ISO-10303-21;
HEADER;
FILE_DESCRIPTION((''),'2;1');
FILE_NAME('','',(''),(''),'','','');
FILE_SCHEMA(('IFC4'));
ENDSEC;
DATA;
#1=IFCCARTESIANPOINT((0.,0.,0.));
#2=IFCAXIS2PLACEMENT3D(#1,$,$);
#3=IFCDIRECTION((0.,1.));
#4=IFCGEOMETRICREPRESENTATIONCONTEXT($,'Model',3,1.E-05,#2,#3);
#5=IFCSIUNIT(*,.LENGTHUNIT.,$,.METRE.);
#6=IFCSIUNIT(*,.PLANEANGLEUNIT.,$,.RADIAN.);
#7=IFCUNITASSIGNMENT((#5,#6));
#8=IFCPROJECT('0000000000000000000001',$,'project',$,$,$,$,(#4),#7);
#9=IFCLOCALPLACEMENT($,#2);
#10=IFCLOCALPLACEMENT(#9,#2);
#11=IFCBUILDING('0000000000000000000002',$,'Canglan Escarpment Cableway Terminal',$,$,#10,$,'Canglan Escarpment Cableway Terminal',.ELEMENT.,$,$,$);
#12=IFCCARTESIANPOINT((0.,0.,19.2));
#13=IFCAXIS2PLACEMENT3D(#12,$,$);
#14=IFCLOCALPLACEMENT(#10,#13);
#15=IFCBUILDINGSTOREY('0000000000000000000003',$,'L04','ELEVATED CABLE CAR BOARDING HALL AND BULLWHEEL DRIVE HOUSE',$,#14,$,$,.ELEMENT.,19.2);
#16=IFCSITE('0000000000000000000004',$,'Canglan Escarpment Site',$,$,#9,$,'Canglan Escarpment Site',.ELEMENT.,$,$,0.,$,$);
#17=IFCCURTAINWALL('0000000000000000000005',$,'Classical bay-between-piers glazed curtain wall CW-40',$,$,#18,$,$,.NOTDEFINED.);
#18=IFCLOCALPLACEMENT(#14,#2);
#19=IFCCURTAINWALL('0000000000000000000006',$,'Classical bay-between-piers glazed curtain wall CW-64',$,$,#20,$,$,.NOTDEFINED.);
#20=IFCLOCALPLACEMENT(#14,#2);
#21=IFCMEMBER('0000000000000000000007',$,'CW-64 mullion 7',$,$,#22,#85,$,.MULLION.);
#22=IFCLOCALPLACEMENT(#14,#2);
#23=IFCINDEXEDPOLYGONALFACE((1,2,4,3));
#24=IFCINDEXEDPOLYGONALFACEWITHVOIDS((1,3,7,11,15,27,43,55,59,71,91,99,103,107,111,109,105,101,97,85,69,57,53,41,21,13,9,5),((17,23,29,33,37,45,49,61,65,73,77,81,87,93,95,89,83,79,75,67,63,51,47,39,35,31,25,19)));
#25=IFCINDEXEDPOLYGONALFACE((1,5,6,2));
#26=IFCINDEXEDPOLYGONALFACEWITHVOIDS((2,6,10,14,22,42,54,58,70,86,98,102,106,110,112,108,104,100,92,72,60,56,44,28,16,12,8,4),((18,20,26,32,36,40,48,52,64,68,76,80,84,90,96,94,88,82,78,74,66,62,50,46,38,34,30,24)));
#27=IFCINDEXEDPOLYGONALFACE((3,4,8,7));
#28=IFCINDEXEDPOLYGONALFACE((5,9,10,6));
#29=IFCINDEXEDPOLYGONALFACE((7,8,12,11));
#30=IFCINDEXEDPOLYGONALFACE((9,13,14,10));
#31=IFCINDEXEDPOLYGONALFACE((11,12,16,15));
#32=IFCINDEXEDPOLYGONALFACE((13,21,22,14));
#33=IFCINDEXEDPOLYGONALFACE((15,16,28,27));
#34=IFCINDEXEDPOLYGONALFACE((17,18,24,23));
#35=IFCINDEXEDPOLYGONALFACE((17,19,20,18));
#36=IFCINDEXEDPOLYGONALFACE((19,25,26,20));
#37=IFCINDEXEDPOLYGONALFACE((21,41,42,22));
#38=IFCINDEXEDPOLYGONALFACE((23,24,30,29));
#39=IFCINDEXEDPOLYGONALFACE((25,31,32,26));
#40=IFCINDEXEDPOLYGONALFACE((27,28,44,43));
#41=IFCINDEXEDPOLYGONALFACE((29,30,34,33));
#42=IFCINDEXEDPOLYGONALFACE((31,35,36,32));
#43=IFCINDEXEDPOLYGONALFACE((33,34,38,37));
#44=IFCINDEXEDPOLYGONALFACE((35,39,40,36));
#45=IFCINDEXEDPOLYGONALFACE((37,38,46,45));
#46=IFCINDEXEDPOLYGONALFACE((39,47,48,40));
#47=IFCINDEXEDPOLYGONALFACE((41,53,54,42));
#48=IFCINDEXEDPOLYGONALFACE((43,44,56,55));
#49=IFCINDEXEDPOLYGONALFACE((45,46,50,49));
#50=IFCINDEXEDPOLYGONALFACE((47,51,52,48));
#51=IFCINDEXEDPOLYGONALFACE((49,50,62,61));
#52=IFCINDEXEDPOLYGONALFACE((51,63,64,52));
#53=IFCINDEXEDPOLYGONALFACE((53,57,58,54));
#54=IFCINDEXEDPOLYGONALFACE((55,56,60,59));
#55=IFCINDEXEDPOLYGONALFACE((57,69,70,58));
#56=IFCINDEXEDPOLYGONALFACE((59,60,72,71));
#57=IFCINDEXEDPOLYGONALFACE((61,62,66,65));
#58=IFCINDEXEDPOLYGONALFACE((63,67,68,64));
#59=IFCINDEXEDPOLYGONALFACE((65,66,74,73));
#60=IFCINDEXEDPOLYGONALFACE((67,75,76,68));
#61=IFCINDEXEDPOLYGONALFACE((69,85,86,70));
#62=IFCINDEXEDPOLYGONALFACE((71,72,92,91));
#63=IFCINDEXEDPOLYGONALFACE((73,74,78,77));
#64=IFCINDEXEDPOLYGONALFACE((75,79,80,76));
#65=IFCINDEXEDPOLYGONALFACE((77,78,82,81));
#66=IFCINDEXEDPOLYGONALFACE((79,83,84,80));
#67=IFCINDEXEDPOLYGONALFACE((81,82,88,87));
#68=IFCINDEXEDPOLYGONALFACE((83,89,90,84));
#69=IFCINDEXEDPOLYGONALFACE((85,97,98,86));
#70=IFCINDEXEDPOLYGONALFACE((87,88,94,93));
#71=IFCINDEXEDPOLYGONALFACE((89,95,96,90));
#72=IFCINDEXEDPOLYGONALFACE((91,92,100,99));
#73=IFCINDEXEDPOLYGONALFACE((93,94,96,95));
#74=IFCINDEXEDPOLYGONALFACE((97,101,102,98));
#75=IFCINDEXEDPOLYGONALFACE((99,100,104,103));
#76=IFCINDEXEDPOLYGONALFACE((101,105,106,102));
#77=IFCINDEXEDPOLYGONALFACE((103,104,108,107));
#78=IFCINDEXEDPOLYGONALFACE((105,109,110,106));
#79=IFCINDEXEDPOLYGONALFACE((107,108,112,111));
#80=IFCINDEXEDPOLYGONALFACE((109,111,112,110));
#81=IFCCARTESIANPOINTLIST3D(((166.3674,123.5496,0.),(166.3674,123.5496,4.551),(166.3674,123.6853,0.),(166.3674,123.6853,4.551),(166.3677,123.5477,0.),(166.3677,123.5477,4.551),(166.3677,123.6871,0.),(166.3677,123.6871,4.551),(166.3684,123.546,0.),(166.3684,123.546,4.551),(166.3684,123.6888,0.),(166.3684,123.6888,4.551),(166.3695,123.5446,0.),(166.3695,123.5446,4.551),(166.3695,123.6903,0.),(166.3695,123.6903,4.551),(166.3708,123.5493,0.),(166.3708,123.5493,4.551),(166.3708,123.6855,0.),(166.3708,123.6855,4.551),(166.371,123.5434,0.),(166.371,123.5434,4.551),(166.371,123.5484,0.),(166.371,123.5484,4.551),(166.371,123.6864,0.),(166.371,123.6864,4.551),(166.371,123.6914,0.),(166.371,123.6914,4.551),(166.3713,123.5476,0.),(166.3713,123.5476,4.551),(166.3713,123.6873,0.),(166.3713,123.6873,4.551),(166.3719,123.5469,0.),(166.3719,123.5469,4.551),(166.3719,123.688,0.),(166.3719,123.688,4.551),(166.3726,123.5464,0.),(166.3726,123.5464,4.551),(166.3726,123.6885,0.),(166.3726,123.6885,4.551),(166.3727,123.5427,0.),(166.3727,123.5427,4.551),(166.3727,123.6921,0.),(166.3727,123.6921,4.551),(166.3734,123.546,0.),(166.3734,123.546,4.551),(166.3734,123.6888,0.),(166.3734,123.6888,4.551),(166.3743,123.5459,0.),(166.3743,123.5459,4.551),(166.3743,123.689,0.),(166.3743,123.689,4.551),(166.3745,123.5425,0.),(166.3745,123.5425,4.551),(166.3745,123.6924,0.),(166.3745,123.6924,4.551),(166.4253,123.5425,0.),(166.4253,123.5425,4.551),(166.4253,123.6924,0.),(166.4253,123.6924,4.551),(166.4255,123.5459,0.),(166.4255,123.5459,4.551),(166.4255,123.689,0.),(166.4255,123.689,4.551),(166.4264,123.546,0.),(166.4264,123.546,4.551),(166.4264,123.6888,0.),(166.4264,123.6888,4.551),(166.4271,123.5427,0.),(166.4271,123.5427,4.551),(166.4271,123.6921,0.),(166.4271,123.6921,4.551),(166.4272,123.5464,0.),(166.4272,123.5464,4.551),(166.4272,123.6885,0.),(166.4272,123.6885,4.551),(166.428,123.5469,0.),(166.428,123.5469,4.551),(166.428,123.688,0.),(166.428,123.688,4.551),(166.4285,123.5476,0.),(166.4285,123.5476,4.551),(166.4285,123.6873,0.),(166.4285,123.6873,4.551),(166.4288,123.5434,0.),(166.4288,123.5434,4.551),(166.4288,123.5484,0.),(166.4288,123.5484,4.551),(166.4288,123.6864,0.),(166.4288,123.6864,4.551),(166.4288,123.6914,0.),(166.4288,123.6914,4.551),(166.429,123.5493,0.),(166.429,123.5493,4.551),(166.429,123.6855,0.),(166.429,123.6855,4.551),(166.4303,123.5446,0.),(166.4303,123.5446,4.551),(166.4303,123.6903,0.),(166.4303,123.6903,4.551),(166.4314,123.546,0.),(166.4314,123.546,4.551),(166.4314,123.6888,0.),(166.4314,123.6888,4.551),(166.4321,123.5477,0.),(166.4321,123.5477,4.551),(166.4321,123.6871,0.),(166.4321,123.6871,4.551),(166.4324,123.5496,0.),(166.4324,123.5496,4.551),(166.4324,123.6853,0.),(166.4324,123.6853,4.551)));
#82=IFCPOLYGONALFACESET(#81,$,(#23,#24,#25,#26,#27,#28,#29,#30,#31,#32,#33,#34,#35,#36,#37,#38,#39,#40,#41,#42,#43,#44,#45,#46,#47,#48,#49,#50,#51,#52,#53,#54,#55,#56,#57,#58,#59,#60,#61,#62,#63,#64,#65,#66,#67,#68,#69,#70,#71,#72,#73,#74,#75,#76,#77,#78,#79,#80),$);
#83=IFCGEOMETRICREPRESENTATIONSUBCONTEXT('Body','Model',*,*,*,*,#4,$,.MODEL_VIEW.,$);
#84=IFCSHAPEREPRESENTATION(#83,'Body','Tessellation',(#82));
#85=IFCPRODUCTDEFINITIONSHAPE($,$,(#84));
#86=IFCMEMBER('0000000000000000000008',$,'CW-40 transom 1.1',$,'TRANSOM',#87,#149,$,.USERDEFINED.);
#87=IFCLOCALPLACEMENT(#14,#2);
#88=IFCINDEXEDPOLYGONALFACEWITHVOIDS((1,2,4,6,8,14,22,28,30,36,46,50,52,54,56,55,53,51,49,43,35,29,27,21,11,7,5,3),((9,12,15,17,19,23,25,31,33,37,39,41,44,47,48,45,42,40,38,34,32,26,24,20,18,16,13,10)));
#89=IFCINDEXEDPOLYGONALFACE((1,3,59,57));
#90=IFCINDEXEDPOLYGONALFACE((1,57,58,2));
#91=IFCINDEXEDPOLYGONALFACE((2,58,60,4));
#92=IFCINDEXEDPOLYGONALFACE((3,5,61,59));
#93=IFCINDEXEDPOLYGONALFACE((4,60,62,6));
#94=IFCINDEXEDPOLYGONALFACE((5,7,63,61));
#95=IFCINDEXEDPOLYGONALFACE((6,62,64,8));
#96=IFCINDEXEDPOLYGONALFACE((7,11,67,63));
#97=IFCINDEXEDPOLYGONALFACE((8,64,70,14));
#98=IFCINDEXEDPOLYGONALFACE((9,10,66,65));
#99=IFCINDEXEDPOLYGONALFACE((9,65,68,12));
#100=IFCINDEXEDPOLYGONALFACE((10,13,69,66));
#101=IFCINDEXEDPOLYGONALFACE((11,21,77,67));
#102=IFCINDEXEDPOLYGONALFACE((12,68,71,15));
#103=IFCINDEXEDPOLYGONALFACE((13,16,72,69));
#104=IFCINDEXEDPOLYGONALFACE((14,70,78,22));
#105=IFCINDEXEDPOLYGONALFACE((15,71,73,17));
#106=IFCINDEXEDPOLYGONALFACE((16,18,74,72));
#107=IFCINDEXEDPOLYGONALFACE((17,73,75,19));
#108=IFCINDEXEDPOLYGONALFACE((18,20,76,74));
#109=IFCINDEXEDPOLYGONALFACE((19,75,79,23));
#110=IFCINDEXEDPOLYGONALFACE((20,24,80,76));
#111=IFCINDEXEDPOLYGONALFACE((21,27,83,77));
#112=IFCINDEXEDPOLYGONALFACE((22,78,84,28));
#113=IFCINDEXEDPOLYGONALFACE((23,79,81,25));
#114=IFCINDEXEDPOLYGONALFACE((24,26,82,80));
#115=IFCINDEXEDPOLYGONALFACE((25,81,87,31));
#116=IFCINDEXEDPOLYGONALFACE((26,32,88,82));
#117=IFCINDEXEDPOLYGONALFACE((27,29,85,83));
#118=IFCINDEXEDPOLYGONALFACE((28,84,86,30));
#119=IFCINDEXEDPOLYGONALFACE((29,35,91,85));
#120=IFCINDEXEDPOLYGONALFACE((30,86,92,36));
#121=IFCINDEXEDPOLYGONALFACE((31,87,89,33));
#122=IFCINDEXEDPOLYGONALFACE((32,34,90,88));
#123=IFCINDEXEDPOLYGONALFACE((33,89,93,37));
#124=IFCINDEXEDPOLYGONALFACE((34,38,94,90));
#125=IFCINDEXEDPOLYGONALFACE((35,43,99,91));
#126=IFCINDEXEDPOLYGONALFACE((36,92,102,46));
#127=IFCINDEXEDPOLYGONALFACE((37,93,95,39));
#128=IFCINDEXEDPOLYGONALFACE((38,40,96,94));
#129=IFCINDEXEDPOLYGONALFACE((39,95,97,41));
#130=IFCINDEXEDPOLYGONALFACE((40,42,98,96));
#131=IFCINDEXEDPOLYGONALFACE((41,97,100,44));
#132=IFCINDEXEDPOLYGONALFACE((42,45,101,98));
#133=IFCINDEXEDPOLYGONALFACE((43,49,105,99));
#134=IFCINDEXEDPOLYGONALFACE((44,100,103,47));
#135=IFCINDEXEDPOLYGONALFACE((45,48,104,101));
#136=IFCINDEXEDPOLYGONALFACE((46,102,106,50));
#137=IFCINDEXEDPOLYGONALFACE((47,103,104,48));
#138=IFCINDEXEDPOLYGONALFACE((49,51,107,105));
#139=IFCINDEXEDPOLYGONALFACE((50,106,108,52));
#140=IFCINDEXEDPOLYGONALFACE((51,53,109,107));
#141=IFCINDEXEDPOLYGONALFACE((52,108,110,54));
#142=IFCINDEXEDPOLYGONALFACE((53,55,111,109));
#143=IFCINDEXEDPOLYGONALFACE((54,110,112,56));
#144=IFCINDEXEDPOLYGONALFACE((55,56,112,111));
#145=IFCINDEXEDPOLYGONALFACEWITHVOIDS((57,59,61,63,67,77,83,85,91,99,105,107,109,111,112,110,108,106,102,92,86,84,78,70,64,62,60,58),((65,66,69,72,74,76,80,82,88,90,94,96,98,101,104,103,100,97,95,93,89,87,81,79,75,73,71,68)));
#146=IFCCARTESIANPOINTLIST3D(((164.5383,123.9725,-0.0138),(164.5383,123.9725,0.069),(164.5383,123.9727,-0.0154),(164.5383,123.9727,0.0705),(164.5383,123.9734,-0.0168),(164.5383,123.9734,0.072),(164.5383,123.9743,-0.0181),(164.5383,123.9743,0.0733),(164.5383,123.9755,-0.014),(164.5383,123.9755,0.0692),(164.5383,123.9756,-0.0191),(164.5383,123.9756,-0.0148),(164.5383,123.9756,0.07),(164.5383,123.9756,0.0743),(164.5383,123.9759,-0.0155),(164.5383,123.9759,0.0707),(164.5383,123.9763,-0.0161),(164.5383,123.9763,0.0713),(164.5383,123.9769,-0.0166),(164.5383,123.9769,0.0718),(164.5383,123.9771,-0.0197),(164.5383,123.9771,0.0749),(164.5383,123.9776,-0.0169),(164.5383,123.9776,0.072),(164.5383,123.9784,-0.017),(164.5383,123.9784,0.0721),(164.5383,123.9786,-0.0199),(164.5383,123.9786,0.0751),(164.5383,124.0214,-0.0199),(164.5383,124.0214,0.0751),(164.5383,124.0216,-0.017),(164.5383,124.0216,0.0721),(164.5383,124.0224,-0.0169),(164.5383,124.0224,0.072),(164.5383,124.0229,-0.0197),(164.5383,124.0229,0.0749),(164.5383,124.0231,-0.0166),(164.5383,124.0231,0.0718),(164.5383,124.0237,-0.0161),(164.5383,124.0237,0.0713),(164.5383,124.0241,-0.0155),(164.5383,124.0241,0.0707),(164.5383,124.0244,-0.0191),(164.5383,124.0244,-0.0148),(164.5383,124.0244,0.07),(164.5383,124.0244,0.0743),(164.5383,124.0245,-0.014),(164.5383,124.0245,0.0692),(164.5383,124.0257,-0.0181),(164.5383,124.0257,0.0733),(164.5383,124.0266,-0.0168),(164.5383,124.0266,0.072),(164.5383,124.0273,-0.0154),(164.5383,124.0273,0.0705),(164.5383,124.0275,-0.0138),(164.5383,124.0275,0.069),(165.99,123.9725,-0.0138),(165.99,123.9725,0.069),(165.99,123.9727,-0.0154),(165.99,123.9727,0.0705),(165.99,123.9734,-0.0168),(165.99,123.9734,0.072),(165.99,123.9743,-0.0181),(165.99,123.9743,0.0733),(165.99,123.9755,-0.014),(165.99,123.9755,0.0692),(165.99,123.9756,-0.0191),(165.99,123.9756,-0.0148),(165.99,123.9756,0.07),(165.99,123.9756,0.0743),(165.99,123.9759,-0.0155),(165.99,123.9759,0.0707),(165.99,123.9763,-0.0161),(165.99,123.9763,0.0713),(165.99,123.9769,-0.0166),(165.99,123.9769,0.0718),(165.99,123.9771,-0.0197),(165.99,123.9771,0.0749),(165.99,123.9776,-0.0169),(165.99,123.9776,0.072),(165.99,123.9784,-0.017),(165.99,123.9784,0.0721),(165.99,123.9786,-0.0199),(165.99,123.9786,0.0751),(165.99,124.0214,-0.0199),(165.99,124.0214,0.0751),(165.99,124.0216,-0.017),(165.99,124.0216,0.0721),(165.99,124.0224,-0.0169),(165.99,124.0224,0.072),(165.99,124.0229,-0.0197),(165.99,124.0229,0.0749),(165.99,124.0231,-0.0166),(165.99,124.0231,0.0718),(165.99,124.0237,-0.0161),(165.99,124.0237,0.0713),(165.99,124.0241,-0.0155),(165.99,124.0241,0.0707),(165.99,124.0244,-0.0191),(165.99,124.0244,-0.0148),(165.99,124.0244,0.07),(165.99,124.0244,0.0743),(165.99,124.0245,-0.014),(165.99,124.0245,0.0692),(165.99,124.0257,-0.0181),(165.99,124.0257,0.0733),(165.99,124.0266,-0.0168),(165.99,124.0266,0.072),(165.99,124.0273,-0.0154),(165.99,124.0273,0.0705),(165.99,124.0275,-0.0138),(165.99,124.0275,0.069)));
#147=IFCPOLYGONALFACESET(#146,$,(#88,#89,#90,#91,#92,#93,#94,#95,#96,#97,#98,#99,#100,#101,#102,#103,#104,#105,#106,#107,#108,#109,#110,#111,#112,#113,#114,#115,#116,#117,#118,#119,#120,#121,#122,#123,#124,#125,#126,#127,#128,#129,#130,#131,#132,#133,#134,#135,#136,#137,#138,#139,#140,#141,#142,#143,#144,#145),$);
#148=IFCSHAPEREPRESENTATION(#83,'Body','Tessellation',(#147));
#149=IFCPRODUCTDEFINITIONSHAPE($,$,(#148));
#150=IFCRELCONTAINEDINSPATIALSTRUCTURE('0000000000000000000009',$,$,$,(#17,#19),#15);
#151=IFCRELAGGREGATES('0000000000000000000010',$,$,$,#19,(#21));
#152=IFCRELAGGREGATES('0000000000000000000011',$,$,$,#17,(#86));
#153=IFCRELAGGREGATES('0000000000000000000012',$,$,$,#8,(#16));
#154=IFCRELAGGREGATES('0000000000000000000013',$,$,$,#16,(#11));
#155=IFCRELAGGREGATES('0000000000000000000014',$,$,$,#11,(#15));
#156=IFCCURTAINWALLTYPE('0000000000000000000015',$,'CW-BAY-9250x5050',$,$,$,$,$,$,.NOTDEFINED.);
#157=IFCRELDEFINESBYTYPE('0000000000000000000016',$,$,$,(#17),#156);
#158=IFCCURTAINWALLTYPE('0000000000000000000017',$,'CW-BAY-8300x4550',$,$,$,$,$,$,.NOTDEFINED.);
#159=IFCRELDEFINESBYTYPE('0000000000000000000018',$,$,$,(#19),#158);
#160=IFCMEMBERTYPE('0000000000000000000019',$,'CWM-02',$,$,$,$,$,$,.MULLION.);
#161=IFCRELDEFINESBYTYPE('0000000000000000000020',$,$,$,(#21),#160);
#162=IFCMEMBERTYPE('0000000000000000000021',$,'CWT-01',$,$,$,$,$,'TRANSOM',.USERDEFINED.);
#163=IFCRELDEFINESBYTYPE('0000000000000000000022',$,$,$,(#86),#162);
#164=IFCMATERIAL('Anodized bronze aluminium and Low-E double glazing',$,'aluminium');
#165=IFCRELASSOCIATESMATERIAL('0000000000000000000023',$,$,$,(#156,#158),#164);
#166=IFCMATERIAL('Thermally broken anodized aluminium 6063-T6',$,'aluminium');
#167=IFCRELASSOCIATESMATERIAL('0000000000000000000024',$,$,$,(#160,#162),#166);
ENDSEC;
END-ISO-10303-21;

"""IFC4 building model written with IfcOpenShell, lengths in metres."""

from ifc_helpers import new_model, si_unit, direction, frame, origin, origin_2d, place, context, subcontext, project, spatial, hollow_rectangle, extrude, material, material_profile, profile_set, type_object, element, aggregate, save


model = new_model("IFC4")

# Units and contexts
model_context = context("Model", 3, precision=1e-05, world=origin(), true_north=direction((0.0, 1.0)))
body_context = subcontext(model_context, "Body", "Model", "MODEL_VIEW")
ifc_project = project(units=[si_unit("LENGTHUNIT", "METRE"), si_unit("PLANEANGLEUNIT", "RADIAN")], contexts=[model_context])

# Site, building, storey
site_placement = place(None, origin())
site = spatial("IfcSite", under=ifc_project, at=site_placement, Name="Canglan Escarpment Site", LongName="Canglan Escarpment Site", CompositionType="ELEMENT", RefElevation=0.0)
building_placement = place(site_placement, origin())
building = spatial("IfcBuilding", under=site, at=building_placement, Name="Canglan Escarpment Cableway Terminal", LongName="Canglan Escarpment Cableway Terminal", CompositionType="ELEMENT")
storey_placement = place(building_placement, frame((0.0, 0.0, 19.2)))
storey = spatial("IfcBuildingStorey", under=building, at=storey_placement, Name="L04", Description="ELEVATED CABLE CAR BOARDING HALL AND BULLWHEEL DRIVE HOUSE", CompositionType="ELEMENT", Elevation=19.2)

# Curtain walls, member
ifc_material_1 = material(Name="Anodized bronze aluminium and Low-E double glazing", Category="aluminium")
curtain_wall_type_1 = type_object("IfcCurtainWallType", Name="CW-BAY-9250x5050", PredefinedType="NOTDEFINED", material=ifc_material_1)
curtain_wall_1_placement = place(storey_placement, origin())
curtain_wall_1 = element("IfcCurtainWall", 1, at=curtain_wall_1_placement, inside=storey, type_object=curtain_wall_type_1, Name="Classical bay-between-piers glazed curtain wall CW-40", PredefinedType="NOTDEFINED")
ifc_material_2 = material(Name="Thermally broken anodized aluminium 6063-T6", Category="aluminium")
curtain_wall_type_2 = type_object("IfcCurtainWallType", Name="CW-BAY-8300x4550", PredefinedType="NOTDEFINED", material=ifc_material_1)
curtain_wall_2_placement = place(storey_placement, origin())
curtain_wall_2 = element("IfcCurtainWall", 2, at=curtain_wall_2_placement, inside=storey, type_object=curtain_wall_type_2, Name="Classical bay-between-piers glazed curtain wall CW-64", PredefinedType="NOTDEFINED")
ifc_material_profile_1 = material_profile(ifc_material_2, hollow_rectangle(XDim=0.0649, YDim=0.1499, WallThickness=0.0034, InnerFilletRadius=0.0034, OuterFilletRadius=0.0071, at=origin_2d()), Name="ALU-MULL 65x150x3.5")
ifc_profile_set_1 = profile_set([ifc_material_profile_1], Name="Thermally broken anodized aluminium 6063-T6")
member_type_1 = type_object("IfcMemberType", Name="CWM-02", PredefinedType="MULLION", material=ifc_profile_set_1)
member_1_placement = place(storey_placement, frame((166.3999, 123.6174, 0.0), z_axis=(0.0, 0.0, 1.0), x_axis=(-1.0, 0.0, 0.0)))
member_1 = element("IfcMember", 3, at=member_1_placement, type_object=member_type_1, Name="CW-64 mullion 7", PredefinedType="MULLION", context=body_context, shape_type="SweptSolid", body=[
    extrude(hollow_rectangle(XDim=0.0649, YDim=0.1499, WallThickness=0.0034, InnerFilletRadius=0.0034, OuterFilletRadius=0.0071, at=origin_2d()), origin(), (0.0, 0.0, 1.0), 4.551),
])

# Member
ifc_material_profile_2 = material_profile(ifc_material_2, hollow_rectangle(XDim=0.0549, YDim=0.095, WallThickness=0.0029, InnerFilletRadius=0.0029, OuterFilletRadius=0.0061, at=origin_2d()), Name="ALU-TRAN 55x95x3")
ifc_profile_set_2 = profile_set([ifc_material_profile_2], Name="Thermally broken anodized aluminium 6063-T6")
member_type_2 = type_object("IfcMemberType", Name="CWT-01", ElementType="TRANSOM", PredefinedType="USERDEFINED", material=ifc_profile_set_2)
member_2_placement = place(storey_placement, frame((165.99, 124.0, 0.0276), z_axis=(-1.0, 0.0, 0.0), x_axis=(0.0, -1.0, 0.0)))
member_2 = element("IfcMember", 4, at=member_2_placement, type_object=member_type_2, Name="CW-40 transom 1.1", ObjectType="TRANSOM", PredefinedType="USERDEFINED", context=body_context, shape_type="SweptSolid", body=[
    extrude(hollow_rectangle(XDim=0.0549, YDim=0.095, WallThickness=0.0029, InnerFilletRadius=0.0029, OuterFilletRadius=0.0061, at=origin_2d()), origin(), (0.0, 0.0, 1.0), 1.4517),
])

aggregate(curtain_wall_2, [member_1])
aggregate(curtain_wall_1, [member_2])

save(model, "model.ifc")
